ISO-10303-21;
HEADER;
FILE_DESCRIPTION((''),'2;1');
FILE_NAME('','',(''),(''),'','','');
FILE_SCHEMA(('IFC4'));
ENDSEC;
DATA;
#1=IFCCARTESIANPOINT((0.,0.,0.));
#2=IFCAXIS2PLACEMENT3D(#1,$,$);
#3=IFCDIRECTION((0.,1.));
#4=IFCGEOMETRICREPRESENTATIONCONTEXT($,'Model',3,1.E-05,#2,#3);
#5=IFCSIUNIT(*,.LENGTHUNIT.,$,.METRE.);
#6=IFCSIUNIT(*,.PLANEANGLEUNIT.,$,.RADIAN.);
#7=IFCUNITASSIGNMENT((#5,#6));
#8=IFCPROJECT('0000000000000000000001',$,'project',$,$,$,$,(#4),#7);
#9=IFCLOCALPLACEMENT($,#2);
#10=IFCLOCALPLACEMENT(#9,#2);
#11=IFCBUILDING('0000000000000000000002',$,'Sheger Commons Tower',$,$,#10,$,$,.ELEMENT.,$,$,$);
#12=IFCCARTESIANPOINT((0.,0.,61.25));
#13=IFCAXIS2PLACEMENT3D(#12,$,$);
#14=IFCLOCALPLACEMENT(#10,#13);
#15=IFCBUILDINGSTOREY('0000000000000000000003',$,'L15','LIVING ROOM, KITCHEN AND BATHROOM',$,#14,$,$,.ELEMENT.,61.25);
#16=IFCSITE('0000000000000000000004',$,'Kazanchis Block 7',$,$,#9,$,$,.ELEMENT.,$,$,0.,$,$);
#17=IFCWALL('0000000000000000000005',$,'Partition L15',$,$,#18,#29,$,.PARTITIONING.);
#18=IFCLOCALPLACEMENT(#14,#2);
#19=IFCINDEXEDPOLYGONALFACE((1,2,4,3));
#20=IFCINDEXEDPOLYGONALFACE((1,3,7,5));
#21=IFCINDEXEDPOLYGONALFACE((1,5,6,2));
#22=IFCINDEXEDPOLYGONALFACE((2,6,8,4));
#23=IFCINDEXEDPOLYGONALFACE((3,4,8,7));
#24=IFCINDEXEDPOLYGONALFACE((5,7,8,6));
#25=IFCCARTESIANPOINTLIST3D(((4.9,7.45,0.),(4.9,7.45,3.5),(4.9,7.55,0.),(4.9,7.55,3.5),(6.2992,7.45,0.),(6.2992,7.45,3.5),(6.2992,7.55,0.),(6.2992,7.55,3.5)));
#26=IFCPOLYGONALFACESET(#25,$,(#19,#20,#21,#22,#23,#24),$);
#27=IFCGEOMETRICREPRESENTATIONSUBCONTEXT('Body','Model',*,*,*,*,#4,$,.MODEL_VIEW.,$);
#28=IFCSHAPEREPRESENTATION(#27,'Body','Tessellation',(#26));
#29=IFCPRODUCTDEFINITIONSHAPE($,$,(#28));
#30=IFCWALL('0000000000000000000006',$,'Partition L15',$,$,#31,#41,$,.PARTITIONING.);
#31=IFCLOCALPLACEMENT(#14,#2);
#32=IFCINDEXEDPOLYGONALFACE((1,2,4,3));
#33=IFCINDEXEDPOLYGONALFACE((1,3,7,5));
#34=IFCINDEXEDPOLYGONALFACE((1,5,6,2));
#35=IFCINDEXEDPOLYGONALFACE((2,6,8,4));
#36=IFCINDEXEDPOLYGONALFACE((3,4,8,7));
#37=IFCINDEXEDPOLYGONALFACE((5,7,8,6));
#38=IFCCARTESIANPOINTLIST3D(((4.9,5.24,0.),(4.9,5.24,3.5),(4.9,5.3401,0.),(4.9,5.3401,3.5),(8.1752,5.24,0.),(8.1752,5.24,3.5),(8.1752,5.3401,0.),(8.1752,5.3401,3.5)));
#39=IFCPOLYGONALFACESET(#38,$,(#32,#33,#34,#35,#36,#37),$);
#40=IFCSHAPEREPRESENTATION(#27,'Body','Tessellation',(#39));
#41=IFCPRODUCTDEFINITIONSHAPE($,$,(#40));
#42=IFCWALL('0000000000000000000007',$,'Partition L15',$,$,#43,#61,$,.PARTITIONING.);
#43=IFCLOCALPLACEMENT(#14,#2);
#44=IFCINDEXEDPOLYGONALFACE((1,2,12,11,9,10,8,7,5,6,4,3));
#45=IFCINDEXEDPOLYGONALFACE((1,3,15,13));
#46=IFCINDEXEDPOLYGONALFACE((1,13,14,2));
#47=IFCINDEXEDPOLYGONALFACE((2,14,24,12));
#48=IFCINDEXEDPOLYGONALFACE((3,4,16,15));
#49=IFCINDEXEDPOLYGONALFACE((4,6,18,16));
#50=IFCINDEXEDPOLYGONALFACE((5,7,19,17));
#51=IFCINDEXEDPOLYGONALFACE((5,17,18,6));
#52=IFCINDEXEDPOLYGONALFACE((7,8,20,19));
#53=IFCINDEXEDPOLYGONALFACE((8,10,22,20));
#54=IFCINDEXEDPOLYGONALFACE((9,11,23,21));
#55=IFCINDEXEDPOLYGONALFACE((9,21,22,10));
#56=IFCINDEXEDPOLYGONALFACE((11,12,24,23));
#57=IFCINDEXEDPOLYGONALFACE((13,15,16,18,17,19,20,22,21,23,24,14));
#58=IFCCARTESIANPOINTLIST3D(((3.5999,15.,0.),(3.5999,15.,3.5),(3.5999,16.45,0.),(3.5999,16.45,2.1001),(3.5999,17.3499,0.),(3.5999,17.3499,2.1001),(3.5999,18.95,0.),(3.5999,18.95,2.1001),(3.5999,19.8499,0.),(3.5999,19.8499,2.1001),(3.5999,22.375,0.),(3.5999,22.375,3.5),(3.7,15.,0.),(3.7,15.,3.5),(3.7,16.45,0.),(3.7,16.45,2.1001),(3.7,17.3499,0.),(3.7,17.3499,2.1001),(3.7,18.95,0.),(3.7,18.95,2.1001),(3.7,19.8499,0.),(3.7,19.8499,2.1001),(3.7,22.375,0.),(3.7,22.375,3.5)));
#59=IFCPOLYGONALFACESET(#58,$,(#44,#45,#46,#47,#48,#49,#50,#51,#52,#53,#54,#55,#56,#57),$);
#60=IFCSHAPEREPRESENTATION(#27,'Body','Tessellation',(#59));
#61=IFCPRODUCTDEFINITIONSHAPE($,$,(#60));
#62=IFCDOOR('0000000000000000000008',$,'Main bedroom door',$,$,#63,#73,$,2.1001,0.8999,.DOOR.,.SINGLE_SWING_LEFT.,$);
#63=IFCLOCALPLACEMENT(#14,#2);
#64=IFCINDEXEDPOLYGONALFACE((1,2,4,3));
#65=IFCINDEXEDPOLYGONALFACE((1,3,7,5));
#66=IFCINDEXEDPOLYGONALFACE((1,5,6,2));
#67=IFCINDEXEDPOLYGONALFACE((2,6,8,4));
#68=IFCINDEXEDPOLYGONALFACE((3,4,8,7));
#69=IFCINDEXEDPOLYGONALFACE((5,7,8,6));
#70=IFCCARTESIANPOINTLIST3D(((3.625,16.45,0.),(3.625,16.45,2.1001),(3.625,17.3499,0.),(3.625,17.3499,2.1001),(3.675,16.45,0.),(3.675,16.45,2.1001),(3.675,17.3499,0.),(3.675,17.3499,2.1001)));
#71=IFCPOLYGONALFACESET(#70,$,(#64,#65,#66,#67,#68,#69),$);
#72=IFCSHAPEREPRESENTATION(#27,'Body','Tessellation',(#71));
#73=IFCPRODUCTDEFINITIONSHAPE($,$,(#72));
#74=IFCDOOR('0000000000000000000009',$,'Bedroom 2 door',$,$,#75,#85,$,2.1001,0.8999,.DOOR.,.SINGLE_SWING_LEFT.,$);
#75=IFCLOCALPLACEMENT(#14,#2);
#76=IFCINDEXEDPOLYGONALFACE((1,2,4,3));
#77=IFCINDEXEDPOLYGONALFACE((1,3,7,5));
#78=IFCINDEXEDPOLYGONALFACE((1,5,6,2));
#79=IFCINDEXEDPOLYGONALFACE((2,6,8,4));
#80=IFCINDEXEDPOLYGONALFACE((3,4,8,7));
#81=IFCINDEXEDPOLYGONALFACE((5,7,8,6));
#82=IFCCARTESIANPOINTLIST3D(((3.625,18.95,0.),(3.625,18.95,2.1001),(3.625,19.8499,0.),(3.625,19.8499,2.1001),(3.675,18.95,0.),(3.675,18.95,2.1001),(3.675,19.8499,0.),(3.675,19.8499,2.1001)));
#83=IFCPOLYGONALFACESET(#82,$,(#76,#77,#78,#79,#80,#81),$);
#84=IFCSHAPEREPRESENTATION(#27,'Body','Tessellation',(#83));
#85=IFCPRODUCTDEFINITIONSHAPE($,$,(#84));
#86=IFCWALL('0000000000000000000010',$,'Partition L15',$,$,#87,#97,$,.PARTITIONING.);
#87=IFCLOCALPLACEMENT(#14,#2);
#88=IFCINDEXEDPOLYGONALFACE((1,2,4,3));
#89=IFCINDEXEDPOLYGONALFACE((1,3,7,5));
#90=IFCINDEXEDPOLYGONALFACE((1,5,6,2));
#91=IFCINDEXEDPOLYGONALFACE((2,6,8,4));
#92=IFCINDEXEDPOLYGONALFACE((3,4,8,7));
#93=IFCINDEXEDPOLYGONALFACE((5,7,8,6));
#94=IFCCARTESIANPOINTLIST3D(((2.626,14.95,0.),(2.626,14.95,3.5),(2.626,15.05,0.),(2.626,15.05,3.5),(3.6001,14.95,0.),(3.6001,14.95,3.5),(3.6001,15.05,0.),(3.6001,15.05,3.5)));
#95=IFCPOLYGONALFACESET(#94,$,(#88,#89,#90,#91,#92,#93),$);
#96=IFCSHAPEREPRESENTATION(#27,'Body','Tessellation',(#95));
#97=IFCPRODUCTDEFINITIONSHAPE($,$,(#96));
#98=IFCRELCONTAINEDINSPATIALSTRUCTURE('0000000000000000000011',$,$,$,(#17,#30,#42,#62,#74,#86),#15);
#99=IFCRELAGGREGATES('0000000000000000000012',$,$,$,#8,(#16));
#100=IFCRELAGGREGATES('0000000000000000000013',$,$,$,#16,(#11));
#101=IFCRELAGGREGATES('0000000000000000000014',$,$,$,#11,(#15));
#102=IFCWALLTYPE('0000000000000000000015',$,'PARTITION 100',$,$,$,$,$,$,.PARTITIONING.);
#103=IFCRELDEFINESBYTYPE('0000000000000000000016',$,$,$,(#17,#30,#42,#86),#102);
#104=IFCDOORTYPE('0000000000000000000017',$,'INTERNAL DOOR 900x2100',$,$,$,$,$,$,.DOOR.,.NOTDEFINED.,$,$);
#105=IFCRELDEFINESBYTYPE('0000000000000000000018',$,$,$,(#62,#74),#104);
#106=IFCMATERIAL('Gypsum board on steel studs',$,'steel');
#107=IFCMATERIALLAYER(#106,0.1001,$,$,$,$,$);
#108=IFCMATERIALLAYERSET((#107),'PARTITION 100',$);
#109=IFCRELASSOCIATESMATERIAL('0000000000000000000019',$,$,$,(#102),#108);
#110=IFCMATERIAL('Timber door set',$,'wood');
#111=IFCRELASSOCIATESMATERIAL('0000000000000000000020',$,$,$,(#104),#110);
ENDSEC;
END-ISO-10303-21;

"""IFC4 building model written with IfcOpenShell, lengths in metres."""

from ifc_helpers import new_model, si_unit, direction, frame, frame_2d, origin, place, context, subcontext, project, spatial, rectangle, extrude, material, layer, layer_set, type_object, element, fill, save


model = new_model("IFC4")

# Units and contexts
model_context = context("Model", 3, precision=1e-05, world=origin(), true_north=direction((0.0, 1.0)))
body_context = subcontext(model_context, "Body", "Model", "MODEL_VIEW")
ifc_project = project(units=[si_unit("LENGTHUNIT", "METRE"), si_unit("PLANEANGLEUNIT", "RADIAN")], contexts=[model_context])

# Site, building, storey
site_placement = place(None, origin())
site = spatial("IfcSite", under=ifc_project, at=site_placement, Name="Kazanchis Block 7", CompositionType="ELEMENT", RefElevation=0.0)
building_placement = place(site_placement, origin())
building = spatial("IfcBuilding", under=site, at=building_placement, Name="Sheger Commons Tower", CompositionType="ELEMENT")
storey_placement = place(building_placement, frame((0.0, 0.0, 61.25)))
storey = spatial("IfcBuildingStorey", under=building, at=storey_placement, Name="L15", Description="LIVING ROOM, KITCHEN AND BATHROOM", CompositionType="ELEMENT", Elevation=61.25)

# Shared definitions
ifc_material_1 = material(Name="Gypsum board on steel studs", Category="steel")
ifc_layer_1 = layer(ifc_material_1, 0.1001)
ifc_layer_set_1 = layer_set([ifc_layer_1], Name="PARTITION 100")
wall_type_1 = type_object("IfcWallType", Name="PARTITION 100", PredefinedType="PARTITIONING", material=ifc_layer_set_1)
ifc_material_2 = material(Name="Timber door set", Category="wood")
door_type = type_object("IfcDoorType", Name="INTERNAL DOOR 900x2100", OperationType="NOTDEFINED", PredefinedType="DOOR", material=ifc_material_2)

# Walls
wall_1_placement = place(storey_placement, frame((4.8999, 7.5, 0.0), z_axis=(0.0, 0.0, 1.0), x_axis=(1.0, 0.0, 0.0)))
element("IfcWall", 1, at=wall_1_placement, inside=storey, type_object=wall_type_1, Name="Partition L15", PredefinedType="PARTITIONING", context=body_context, shape_type="SweptSolid", body=[
    extrude(rectangle(XDim=1.3992, YDim=0.1001, at=frame_2d((0.6997, 0.0))), origin(), (0.0, 0.0, 1.0), 3.5),
])
wall_2_placement = place(storey_placement, frame((4.8999, 5.29, 0.0), z_axis=(0.0, 0.0, 1.0), x_axis=(1.0, 0.0, 0.0)))
element("IfcWall", 2, at=wall_2_placement, inside=storey, type_object=wall_type_1, Name="Partition L15", PredefinedType="PARTITIONING", context=body_context, shape_type="SweptSolid", body=[
    extrude(rectangle(XDim=3.2751, YDim=0.1001, at=frame_2d((1.6377, 0.0))), origin(), (0.0, 0.0, 1.0), 3.5),
])

# Wall, openings, doors
wall_3_placement = place(storey_placement, frame((3.6499, 15.0, 0.0), z_axis=(0.0, 0.0, 1.0), x_axis=(0.0, 1.0, 0.0)))
wall_3 = element("IfcWall", 3, at=wall_3_placement, inside=storey, type_object=wall_type_1, Name="Partition L15", PredefinedType="PARTITIONING", context=body_context, shape_type="SweptSolid", body=[
    extrude(rectangle(XDim=7.375, YDim=0.1001, at=frame_2d((3.6875, 0.0))), origin(), (0.0, 0.0, 1.0), 3.5),
])
opening_1_placement = place(wall_3_placement, frame((1.45, 0.0, 0.0)))
opening_1 = element("IfcOpeningElement", 4, at=opening_1_placement, cuts=wall_3, PredefinedType="OPENING", context=body_context, shape_type="SweptSolid", body=[
    extrude(rectangle(XDim=0.8999, YDim=2.1001, at=frame_2d((0.45, 1.05))), frame((0.0, 0.0601, 0.0), z_axis=(0.0, -1.0, 0.0), x_axis=(1.0, 0.0, 0.0)), (0.0, 0.0, 1.0), 0.1201),
])
opening_2_placement = place(wall_3_placement, frame((3.95, 0.0, 0.0)))
opening_2 = element("IfcOpeningElement", 5, at=opening_2_placement, cuts=wall_3, PredefinedType="OPENING", context=body_context, shape_type="SweptSolid", body=[
    extrude(rectangle(XDim=0.8999, YDim=2.1001, at=frame_2d((0.45, 1.05))), frame((0.0, 0.0601, 0.0), z_axis=(0.0, -1.0, 0.0), x_axis=(1.0, 0.0, 0.0)), (0.0, 0.0, 1.0), 0.1201),
])
door_1_placement = place(opening_1_placement, origin())
door_1 = element("IfcDoor", 6, at=door_1_placement, inside=storey, type_object=door_type, Name="Main bedroom door", OperationType="SINGLE_SWING_LEFT", OverallHeight=2.1001, OverallWidth=0.8999, PredefinedType="DOOR", context=body_context, shape_type="SweptSolid", body=[
    extrude(rectangle(XDim=0.8999, YDim=2.1001, at=frame_2d((0.45, 1.05))), frame((0.0, 0.0249, 0.0), z_axis=(0.0, -1.0, 0.0), x_axis=(1.0, 0.0, 0.0)), (0.0, 0.0, 1.0), 0.05),
])
fill(opening_1, door_1)
door_2_placement = place(opening_2_placement, origin())
door_2 = element("IfcDoor", 7, at=door_2_placement, inside=storey, type_object=door_type, Name="Bedroom 2 door", OperationType="SINGLE_SWING_LEFT", OverallHeight=2.1001, OverallWidth=0.8999, PredefinedType="DOOR", context=body_context, shape_type="SweptSolid", body=[
    extrude(rectangle(XDim=0.8999, YDim=2.1001, at=frame_2d((0.45, 1.05))), frame((0.0, 0.0249, 0.0), z_axis=(0.0, -1.0, 0.0), x_axis=(1.0, 0.0, 0.0)), (0.0, 0.0, 1.0), 0.05),
])
fill(opening_2, door_2)

# Wall
wall_4_placement = place(storey_placement, frame((2.626, 15.0, 0.0), z_axis=(0.0, 0.0, 1.0), x_axis=(1.0, 0.0, 0.0)))
element("IfcWall", 8, at=wall_4_placement, inside=storey, type_object=wall_type_1, Name="Partition L15", PredefinedType="PARTITIONING", context=body_context, shape_type="SweptSolid", body=[
    extrude(rectangle(XDim=0.9741, YDim=0.1001, at=frame_2d((0.4871, 0.0))), origin(), (0.0, 0.0, 1.0), 3.5),
])

save(model, "model.ifc")
